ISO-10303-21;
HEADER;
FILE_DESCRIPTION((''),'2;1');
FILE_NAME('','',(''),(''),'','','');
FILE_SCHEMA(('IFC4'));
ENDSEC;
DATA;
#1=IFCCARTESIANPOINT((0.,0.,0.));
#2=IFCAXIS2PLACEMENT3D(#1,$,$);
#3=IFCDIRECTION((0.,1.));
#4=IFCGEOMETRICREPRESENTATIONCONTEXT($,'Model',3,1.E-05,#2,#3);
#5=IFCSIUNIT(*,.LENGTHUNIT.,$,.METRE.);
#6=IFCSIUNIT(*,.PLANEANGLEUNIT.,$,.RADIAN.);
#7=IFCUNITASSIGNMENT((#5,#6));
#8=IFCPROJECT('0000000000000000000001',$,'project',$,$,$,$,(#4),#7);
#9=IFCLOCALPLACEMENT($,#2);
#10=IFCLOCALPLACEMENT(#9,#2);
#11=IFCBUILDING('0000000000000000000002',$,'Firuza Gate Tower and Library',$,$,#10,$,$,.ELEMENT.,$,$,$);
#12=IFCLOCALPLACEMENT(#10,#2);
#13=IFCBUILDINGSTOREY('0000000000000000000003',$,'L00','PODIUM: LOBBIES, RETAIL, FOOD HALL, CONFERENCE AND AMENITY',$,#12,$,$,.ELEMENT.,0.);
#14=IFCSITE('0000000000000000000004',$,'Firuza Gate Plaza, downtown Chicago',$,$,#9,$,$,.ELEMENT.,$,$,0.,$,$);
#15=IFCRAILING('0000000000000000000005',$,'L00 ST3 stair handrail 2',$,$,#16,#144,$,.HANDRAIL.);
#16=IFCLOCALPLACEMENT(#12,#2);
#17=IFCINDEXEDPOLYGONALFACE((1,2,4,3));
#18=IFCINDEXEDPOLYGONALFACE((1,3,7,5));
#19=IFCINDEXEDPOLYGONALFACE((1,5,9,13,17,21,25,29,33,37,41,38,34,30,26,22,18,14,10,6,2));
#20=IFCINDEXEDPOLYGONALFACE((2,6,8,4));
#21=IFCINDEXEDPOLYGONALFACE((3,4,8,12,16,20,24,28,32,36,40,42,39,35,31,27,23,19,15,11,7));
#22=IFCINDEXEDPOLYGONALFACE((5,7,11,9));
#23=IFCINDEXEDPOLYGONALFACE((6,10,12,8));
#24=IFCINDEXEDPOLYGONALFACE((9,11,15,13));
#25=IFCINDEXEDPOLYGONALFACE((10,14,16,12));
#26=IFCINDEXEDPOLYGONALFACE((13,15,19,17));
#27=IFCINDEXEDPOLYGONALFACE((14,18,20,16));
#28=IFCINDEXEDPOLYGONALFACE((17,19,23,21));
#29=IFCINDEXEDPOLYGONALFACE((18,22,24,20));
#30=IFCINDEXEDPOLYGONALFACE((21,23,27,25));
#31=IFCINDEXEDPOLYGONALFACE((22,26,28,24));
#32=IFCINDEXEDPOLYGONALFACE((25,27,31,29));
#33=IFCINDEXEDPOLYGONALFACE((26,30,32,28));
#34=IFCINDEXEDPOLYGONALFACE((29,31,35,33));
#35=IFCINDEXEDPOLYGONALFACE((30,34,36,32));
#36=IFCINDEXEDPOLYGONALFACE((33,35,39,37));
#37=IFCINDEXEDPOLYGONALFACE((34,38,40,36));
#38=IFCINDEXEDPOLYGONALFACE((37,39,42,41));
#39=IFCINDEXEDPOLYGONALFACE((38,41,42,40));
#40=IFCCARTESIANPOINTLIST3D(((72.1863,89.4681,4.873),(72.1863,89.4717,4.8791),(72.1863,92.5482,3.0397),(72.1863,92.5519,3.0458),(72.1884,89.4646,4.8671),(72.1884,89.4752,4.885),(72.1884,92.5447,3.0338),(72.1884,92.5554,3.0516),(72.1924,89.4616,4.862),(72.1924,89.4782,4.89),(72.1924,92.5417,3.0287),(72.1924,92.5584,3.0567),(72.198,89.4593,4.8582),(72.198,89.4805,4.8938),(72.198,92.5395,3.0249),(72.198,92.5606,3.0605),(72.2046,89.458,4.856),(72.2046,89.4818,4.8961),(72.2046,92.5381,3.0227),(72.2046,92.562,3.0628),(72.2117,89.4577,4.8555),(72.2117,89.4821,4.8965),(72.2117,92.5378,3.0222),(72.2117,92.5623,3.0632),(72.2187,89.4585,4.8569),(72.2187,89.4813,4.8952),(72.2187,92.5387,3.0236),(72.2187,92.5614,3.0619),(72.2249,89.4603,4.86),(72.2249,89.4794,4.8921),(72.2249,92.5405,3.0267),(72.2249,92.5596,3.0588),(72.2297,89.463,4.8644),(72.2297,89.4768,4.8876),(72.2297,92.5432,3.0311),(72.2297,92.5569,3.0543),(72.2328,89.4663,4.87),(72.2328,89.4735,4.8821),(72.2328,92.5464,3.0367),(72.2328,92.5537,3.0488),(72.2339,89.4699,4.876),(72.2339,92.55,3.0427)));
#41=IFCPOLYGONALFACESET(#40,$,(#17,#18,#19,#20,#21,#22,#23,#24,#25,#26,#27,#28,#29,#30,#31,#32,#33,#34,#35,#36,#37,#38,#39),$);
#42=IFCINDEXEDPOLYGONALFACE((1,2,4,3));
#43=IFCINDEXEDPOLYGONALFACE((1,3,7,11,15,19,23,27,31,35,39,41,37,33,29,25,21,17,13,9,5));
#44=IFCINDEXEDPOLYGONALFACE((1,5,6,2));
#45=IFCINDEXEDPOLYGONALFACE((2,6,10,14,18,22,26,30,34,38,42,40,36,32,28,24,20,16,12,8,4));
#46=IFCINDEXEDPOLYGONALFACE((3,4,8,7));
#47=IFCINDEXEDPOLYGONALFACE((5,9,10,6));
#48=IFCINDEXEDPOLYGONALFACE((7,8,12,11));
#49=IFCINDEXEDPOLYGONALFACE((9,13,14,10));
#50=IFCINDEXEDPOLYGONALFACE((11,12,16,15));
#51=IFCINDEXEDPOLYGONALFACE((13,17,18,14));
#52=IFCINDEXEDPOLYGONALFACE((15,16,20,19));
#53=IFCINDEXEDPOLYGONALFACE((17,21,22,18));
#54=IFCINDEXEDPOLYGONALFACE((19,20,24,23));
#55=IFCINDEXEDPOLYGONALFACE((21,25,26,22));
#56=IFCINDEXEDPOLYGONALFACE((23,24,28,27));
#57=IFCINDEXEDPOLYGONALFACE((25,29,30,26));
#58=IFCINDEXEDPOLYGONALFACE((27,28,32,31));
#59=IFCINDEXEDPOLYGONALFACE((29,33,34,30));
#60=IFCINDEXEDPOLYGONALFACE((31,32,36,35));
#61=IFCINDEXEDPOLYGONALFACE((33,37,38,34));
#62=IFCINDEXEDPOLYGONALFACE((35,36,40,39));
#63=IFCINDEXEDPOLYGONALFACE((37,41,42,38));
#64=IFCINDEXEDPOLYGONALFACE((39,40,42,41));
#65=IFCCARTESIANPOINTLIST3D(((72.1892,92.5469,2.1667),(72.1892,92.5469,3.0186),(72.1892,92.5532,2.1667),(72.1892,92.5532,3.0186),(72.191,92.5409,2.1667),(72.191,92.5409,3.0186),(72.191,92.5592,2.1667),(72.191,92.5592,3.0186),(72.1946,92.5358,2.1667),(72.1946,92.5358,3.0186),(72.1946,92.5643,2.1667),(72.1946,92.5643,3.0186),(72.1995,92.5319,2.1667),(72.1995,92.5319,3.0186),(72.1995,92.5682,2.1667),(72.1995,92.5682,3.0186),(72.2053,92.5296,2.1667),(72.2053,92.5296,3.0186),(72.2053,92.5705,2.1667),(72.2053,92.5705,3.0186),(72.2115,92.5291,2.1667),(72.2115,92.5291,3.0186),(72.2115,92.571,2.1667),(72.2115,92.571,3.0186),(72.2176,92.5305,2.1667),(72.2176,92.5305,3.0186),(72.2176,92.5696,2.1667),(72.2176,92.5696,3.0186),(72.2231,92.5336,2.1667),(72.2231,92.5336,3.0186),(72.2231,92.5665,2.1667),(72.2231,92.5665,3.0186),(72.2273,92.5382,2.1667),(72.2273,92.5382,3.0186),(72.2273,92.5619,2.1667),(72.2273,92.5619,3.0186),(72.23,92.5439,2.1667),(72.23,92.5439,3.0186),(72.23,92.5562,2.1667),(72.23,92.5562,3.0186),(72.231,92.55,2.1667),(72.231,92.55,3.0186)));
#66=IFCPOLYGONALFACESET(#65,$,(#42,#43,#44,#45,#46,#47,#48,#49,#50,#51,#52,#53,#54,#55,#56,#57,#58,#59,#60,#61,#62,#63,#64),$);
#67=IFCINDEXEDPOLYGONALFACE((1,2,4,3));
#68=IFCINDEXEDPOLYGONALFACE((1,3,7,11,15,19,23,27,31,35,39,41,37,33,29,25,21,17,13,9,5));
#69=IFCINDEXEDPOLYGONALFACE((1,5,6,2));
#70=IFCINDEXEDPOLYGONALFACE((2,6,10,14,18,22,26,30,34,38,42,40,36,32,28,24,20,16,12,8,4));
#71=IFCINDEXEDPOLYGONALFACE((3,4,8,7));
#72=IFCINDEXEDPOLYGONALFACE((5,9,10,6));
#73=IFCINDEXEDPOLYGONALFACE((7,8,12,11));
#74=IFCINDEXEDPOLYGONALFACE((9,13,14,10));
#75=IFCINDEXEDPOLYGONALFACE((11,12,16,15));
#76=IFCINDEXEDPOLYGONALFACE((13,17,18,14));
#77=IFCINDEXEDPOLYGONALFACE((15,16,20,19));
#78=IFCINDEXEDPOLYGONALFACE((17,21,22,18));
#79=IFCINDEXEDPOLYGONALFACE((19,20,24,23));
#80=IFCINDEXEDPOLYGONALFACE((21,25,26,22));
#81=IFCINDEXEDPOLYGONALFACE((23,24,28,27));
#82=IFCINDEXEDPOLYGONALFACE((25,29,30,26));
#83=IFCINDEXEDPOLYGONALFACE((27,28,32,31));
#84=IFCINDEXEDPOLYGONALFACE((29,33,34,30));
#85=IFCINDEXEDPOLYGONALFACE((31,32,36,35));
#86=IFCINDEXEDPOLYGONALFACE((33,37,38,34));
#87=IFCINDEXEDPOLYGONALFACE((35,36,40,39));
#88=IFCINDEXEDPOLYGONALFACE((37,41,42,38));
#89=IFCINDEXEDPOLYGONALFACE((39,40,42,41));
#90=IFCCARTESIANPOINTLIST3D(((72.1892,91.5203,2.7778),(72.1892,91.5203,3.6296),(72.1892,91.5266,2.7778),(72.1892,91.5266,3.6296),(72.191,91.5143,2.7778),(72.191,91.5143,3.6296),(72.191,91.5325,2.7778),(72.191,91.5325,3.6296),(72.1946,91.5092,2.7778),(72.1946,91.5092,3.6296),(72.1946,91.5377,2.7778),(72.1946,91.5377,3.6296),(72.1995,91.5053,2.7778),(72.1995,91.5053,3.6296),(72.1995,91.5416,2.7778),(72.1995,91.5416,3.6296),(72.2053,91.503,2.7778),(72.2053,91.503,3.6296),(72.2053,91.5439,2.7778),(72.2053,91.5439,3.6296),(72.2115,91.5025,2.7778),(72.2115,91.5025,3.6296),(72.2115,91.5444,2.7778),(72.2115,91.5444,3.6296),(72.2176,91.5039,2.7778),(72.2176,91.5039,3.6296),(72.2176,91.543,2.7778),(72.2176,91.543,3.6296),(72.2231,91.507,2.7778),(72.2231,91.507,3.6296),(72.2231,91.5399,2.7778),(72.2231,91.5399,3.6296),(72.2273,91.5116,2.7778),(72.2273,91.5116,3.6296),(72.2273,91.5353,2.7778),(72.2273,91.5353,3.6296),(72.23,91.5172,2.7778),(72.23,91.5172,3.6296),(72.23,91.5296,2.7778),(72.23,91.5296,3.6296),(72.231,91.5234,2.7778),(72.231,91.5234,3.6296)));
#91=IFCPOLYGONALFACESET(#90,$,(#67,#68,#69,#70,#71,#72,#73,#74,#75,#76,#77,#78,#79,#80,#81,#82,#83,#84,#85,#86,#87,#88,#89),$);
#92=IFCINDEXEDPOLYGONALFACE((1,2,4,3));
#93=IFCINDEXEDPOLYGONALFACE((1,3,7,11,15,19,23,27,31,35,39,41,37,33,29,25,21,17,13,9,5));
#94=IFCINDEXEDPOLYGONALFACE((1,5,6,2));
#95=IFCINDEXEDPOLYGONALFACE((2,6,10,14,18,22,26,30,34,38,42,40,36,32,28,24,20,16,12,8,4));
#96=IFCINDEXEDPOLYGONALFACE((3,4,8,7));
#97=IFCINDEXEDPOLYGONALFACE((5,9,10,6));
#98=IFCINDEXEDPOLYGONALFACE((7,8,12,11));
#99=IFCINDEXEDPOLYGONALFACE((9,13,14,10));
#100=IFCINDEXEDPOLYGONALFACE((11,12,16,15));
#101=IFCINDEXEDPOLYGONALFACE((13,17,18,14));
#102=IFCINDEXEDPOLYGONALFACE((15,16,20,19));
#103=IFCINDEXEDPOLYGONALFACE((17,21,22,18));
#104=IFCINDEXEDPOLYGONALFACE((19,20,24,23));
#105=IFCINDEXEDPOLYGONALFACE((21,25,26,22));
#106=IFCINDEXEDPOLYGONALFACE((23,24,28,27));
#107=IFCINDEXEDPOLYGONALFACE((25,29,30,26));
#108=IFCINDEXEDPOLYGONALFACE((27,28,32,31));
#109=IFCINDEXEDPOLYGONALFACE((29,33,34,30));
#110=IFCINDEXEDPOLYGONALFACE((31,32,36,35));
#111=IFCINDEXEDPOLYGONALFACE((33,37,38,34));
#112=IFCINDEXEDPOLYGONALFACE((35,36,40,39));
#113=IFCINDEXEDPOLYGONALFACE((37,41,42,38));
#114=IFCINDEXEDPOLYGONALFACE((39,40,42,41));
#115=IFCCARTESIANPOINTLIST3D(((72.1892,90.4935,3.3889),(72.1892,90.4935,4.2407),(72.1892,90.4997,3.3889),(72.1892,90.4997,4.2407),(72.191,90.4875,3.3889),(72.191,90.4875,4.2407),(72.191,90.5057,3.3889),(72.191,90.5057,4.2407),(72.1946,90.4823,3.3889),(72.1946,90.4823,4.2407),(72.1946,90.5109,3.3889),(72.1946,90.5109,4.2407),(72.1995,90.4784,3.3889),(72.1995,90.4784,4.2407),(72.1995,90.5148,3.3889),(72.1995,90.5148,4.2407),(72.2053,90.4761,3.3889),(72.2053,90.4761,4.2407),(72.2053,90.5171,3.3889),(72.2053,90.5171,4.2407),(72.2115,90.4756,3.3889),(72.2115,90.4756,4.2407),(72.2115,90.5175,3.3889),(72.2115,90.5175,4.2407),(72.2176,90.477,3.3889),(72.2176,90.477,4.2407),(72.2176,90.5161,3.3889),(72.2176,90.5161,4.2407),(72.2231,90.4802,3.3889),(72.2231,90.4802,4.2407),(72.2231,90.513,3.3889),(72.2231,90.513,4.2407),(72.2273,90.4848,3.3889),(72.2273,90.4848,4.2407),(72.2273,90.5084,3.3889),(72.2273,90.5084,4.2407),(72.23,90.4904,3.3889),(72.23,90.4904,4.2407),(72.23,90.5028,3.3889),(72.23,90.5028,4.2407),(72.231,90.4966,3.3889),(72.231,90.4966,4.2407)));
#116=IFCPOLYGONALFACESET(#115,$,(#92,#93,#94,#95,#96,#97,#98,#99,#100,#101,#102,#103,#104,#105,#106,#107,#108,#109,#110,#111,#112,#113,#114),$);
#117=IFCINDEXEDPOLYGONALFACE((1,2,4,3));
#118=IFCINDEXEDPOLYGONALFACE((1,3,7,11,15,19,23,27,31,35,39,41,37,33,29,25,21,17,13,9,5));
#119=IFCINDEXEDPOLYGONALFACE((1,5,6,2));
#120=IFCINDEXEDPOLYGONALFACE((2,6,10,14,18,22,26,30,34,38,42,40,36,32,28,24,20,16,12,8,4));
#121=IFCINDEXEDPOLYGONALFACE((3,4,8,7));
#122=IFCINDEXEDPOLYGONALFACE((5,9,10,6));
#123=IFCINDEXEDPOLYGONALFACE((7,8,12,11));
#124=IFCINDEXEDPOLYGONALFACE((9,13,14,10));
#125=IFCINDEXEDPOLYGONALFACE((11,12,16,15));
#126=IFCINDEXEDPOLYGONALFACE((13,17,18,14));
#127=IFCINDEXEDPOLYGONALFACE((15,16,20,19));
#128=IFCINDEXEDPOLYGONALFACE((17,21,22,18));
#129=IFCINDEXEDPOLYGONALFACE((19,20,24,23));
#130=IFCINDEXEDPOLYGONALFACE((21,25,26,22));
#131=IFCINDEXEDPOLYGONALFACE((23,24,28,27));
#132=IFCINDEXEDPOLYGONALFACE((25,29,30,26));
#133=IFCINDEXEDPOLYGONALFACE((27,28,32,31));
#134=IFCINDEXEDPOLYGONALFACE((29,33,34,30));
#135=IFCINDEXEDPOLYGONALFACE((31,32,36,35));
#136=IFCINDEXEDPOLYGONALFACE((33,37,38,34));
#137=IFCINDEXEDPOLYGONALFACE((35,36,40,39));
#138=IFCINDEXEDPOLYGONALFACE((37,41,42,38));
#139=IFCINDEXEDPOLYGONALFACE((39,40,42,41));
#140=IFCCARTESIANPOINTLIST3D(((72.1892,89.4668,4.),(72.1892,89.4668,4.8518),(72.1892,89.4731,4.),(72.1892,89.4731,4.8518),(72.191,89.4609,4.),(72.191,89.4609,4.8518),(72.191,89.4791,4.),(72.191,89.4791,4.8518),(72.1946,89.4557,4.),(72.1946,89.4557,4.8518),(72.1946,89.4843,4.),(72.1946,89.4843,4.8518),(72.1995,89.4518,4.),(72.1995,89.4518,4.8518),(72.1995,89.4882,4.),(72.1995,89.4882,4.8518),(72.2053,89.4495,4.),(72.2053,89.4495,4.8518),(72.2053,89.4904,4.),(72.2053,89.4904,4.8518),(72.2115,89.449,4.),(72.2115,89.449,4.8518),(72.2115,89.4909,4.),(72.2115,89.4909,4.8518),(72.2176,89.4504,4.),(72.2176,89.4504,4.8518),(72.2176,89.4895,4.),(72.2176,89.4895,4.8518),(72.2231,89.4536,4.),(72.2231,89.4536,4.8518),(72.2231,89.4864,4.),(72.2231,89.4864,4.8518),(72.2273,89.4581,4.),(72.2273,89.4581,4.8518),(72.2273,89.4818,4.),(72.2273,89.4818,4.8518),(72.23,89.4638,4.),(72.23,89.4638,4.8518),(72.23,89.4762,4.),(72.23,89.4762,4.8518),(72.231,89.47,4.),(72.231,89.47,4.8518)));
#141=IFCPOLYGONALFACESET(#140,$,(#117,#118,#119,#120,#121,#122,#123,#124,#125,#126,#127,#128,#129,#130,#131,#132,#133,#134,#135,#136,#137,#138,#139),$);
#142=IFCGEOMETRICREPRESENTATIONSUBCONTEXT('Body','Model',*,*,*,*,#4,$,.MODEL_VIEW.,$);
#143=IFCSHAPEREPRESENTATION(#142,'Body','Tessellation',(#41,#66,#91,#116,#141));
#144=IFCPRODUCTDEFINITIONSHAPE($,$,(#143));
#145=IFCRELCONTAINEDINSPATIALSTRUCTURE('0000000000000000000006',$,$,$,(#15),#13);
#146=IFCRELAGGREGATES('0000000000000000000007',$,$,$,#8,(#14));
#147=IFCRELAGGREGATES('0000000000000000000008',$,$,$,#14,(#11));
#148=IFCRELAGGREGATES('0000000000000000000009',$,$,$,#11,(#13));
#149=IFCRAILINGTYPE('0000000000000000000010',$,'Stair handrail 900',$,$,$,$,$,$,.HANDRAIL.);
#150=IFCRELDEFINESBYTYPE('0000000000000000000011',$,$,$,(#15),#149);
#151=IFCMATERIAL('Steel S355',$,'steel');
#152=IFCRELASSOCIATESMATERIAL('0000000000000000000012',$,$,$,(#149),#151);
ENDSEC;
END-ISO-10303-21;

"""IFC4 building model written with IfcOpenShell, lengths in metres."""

from ifc_helpers import new_model, si_unit, direction, frame, origin, origin_2d, place, context, subcontext, project, spatial, circle, extrude, material, type_object, element, save


model = new_model("IFC4")

# Units and contexts
model_context = context("Model", 3, precision=1e-05, world=origin(), true_north=direction((0.0, 1.0)))
body_context = subcontext(model_context, "Body", "Model", "MODEL_VIEW")
ifc_project = project(units=[si_unit("LENGTHUNIT", "METRE"), si_unit("PLANEANGLEUNIT", "RADIAN")], contexts=[model_context])

# Site, building, storey
site_placement = place(None, origin())
site = spatial("IfcSite", under=ifc_project, at=site_placement, Name="Firuza Gate Plaza, downtown Chicago", CompositionType="ELEMENT", RefElevation=0.0)
building_placement = place(site_placement, origin())
building = spatial("IfcBuilding", under=site, at=building_placement, Name="Firuza Gate Tower and Library", CompositionType="ELEMENT")
storey_placement = place(building_placement, origin())
storey = spatial("IfcBuildingStorey", under=building, at=storey_placement, Name="L00", Description="PODIUM: LOBBIES, RETAIL, FOOD HALL, CONFERENCE AND AMENITY", CompositionType="ELEMENT", Elevation=0.0)

# Railing
ifc_material_1 = material(Name="Steel S355", Category="steel")
railing_type = type_object("IfcRailingType", Name="Stair handrail 900", PredefinedType="HANDRAIL", material=ifc_material_1)
railing_1_placement = place(storey_placement, frame((72.21, 92.55, 2.1667)))
element("IfcRailing", 1, at=railing_1_placement, inside=storey, type_object=railing_type, Name="L00 ST3 stair handrail 2", PredefinedType="HANDRAIL", context=body_context, shape_type="SweptSolid", body=[
    extrude(circle(Radius=0.0239, at=origin_2d()), frame((0.0, 0.0, 0.876), z_axis=(0.0, -0.859309, 0.511458), x_axis=(1.0, 0.0, 0.0)), (0.0, 0.0, 1.0), 3.5845),
    extrude(circle(Radius=0.021, at=origin_2d()), origin(), (0.0, 0.0, 1.0), 0.8518),
    extrude(circle(Radius=0.021, at=origin_2d()), frame((0.0, -1.0266, 0.6111)), (0.0, 0.0, 1.0), 0.8518),
    extrude(circle(Radius=0.021, at=origin_2d()), frame((0.0, -2.0535, 1.2222)), (0.0, 0.0, 1.0), 0.8518),
    extrude(circle(Radius=0.021, at=origin_2d()), frame((0.0, -3.0801, 1.8333)), (0.0, 0.0, 1.0), 0.8518),
])

save(model, "model.ifc")
